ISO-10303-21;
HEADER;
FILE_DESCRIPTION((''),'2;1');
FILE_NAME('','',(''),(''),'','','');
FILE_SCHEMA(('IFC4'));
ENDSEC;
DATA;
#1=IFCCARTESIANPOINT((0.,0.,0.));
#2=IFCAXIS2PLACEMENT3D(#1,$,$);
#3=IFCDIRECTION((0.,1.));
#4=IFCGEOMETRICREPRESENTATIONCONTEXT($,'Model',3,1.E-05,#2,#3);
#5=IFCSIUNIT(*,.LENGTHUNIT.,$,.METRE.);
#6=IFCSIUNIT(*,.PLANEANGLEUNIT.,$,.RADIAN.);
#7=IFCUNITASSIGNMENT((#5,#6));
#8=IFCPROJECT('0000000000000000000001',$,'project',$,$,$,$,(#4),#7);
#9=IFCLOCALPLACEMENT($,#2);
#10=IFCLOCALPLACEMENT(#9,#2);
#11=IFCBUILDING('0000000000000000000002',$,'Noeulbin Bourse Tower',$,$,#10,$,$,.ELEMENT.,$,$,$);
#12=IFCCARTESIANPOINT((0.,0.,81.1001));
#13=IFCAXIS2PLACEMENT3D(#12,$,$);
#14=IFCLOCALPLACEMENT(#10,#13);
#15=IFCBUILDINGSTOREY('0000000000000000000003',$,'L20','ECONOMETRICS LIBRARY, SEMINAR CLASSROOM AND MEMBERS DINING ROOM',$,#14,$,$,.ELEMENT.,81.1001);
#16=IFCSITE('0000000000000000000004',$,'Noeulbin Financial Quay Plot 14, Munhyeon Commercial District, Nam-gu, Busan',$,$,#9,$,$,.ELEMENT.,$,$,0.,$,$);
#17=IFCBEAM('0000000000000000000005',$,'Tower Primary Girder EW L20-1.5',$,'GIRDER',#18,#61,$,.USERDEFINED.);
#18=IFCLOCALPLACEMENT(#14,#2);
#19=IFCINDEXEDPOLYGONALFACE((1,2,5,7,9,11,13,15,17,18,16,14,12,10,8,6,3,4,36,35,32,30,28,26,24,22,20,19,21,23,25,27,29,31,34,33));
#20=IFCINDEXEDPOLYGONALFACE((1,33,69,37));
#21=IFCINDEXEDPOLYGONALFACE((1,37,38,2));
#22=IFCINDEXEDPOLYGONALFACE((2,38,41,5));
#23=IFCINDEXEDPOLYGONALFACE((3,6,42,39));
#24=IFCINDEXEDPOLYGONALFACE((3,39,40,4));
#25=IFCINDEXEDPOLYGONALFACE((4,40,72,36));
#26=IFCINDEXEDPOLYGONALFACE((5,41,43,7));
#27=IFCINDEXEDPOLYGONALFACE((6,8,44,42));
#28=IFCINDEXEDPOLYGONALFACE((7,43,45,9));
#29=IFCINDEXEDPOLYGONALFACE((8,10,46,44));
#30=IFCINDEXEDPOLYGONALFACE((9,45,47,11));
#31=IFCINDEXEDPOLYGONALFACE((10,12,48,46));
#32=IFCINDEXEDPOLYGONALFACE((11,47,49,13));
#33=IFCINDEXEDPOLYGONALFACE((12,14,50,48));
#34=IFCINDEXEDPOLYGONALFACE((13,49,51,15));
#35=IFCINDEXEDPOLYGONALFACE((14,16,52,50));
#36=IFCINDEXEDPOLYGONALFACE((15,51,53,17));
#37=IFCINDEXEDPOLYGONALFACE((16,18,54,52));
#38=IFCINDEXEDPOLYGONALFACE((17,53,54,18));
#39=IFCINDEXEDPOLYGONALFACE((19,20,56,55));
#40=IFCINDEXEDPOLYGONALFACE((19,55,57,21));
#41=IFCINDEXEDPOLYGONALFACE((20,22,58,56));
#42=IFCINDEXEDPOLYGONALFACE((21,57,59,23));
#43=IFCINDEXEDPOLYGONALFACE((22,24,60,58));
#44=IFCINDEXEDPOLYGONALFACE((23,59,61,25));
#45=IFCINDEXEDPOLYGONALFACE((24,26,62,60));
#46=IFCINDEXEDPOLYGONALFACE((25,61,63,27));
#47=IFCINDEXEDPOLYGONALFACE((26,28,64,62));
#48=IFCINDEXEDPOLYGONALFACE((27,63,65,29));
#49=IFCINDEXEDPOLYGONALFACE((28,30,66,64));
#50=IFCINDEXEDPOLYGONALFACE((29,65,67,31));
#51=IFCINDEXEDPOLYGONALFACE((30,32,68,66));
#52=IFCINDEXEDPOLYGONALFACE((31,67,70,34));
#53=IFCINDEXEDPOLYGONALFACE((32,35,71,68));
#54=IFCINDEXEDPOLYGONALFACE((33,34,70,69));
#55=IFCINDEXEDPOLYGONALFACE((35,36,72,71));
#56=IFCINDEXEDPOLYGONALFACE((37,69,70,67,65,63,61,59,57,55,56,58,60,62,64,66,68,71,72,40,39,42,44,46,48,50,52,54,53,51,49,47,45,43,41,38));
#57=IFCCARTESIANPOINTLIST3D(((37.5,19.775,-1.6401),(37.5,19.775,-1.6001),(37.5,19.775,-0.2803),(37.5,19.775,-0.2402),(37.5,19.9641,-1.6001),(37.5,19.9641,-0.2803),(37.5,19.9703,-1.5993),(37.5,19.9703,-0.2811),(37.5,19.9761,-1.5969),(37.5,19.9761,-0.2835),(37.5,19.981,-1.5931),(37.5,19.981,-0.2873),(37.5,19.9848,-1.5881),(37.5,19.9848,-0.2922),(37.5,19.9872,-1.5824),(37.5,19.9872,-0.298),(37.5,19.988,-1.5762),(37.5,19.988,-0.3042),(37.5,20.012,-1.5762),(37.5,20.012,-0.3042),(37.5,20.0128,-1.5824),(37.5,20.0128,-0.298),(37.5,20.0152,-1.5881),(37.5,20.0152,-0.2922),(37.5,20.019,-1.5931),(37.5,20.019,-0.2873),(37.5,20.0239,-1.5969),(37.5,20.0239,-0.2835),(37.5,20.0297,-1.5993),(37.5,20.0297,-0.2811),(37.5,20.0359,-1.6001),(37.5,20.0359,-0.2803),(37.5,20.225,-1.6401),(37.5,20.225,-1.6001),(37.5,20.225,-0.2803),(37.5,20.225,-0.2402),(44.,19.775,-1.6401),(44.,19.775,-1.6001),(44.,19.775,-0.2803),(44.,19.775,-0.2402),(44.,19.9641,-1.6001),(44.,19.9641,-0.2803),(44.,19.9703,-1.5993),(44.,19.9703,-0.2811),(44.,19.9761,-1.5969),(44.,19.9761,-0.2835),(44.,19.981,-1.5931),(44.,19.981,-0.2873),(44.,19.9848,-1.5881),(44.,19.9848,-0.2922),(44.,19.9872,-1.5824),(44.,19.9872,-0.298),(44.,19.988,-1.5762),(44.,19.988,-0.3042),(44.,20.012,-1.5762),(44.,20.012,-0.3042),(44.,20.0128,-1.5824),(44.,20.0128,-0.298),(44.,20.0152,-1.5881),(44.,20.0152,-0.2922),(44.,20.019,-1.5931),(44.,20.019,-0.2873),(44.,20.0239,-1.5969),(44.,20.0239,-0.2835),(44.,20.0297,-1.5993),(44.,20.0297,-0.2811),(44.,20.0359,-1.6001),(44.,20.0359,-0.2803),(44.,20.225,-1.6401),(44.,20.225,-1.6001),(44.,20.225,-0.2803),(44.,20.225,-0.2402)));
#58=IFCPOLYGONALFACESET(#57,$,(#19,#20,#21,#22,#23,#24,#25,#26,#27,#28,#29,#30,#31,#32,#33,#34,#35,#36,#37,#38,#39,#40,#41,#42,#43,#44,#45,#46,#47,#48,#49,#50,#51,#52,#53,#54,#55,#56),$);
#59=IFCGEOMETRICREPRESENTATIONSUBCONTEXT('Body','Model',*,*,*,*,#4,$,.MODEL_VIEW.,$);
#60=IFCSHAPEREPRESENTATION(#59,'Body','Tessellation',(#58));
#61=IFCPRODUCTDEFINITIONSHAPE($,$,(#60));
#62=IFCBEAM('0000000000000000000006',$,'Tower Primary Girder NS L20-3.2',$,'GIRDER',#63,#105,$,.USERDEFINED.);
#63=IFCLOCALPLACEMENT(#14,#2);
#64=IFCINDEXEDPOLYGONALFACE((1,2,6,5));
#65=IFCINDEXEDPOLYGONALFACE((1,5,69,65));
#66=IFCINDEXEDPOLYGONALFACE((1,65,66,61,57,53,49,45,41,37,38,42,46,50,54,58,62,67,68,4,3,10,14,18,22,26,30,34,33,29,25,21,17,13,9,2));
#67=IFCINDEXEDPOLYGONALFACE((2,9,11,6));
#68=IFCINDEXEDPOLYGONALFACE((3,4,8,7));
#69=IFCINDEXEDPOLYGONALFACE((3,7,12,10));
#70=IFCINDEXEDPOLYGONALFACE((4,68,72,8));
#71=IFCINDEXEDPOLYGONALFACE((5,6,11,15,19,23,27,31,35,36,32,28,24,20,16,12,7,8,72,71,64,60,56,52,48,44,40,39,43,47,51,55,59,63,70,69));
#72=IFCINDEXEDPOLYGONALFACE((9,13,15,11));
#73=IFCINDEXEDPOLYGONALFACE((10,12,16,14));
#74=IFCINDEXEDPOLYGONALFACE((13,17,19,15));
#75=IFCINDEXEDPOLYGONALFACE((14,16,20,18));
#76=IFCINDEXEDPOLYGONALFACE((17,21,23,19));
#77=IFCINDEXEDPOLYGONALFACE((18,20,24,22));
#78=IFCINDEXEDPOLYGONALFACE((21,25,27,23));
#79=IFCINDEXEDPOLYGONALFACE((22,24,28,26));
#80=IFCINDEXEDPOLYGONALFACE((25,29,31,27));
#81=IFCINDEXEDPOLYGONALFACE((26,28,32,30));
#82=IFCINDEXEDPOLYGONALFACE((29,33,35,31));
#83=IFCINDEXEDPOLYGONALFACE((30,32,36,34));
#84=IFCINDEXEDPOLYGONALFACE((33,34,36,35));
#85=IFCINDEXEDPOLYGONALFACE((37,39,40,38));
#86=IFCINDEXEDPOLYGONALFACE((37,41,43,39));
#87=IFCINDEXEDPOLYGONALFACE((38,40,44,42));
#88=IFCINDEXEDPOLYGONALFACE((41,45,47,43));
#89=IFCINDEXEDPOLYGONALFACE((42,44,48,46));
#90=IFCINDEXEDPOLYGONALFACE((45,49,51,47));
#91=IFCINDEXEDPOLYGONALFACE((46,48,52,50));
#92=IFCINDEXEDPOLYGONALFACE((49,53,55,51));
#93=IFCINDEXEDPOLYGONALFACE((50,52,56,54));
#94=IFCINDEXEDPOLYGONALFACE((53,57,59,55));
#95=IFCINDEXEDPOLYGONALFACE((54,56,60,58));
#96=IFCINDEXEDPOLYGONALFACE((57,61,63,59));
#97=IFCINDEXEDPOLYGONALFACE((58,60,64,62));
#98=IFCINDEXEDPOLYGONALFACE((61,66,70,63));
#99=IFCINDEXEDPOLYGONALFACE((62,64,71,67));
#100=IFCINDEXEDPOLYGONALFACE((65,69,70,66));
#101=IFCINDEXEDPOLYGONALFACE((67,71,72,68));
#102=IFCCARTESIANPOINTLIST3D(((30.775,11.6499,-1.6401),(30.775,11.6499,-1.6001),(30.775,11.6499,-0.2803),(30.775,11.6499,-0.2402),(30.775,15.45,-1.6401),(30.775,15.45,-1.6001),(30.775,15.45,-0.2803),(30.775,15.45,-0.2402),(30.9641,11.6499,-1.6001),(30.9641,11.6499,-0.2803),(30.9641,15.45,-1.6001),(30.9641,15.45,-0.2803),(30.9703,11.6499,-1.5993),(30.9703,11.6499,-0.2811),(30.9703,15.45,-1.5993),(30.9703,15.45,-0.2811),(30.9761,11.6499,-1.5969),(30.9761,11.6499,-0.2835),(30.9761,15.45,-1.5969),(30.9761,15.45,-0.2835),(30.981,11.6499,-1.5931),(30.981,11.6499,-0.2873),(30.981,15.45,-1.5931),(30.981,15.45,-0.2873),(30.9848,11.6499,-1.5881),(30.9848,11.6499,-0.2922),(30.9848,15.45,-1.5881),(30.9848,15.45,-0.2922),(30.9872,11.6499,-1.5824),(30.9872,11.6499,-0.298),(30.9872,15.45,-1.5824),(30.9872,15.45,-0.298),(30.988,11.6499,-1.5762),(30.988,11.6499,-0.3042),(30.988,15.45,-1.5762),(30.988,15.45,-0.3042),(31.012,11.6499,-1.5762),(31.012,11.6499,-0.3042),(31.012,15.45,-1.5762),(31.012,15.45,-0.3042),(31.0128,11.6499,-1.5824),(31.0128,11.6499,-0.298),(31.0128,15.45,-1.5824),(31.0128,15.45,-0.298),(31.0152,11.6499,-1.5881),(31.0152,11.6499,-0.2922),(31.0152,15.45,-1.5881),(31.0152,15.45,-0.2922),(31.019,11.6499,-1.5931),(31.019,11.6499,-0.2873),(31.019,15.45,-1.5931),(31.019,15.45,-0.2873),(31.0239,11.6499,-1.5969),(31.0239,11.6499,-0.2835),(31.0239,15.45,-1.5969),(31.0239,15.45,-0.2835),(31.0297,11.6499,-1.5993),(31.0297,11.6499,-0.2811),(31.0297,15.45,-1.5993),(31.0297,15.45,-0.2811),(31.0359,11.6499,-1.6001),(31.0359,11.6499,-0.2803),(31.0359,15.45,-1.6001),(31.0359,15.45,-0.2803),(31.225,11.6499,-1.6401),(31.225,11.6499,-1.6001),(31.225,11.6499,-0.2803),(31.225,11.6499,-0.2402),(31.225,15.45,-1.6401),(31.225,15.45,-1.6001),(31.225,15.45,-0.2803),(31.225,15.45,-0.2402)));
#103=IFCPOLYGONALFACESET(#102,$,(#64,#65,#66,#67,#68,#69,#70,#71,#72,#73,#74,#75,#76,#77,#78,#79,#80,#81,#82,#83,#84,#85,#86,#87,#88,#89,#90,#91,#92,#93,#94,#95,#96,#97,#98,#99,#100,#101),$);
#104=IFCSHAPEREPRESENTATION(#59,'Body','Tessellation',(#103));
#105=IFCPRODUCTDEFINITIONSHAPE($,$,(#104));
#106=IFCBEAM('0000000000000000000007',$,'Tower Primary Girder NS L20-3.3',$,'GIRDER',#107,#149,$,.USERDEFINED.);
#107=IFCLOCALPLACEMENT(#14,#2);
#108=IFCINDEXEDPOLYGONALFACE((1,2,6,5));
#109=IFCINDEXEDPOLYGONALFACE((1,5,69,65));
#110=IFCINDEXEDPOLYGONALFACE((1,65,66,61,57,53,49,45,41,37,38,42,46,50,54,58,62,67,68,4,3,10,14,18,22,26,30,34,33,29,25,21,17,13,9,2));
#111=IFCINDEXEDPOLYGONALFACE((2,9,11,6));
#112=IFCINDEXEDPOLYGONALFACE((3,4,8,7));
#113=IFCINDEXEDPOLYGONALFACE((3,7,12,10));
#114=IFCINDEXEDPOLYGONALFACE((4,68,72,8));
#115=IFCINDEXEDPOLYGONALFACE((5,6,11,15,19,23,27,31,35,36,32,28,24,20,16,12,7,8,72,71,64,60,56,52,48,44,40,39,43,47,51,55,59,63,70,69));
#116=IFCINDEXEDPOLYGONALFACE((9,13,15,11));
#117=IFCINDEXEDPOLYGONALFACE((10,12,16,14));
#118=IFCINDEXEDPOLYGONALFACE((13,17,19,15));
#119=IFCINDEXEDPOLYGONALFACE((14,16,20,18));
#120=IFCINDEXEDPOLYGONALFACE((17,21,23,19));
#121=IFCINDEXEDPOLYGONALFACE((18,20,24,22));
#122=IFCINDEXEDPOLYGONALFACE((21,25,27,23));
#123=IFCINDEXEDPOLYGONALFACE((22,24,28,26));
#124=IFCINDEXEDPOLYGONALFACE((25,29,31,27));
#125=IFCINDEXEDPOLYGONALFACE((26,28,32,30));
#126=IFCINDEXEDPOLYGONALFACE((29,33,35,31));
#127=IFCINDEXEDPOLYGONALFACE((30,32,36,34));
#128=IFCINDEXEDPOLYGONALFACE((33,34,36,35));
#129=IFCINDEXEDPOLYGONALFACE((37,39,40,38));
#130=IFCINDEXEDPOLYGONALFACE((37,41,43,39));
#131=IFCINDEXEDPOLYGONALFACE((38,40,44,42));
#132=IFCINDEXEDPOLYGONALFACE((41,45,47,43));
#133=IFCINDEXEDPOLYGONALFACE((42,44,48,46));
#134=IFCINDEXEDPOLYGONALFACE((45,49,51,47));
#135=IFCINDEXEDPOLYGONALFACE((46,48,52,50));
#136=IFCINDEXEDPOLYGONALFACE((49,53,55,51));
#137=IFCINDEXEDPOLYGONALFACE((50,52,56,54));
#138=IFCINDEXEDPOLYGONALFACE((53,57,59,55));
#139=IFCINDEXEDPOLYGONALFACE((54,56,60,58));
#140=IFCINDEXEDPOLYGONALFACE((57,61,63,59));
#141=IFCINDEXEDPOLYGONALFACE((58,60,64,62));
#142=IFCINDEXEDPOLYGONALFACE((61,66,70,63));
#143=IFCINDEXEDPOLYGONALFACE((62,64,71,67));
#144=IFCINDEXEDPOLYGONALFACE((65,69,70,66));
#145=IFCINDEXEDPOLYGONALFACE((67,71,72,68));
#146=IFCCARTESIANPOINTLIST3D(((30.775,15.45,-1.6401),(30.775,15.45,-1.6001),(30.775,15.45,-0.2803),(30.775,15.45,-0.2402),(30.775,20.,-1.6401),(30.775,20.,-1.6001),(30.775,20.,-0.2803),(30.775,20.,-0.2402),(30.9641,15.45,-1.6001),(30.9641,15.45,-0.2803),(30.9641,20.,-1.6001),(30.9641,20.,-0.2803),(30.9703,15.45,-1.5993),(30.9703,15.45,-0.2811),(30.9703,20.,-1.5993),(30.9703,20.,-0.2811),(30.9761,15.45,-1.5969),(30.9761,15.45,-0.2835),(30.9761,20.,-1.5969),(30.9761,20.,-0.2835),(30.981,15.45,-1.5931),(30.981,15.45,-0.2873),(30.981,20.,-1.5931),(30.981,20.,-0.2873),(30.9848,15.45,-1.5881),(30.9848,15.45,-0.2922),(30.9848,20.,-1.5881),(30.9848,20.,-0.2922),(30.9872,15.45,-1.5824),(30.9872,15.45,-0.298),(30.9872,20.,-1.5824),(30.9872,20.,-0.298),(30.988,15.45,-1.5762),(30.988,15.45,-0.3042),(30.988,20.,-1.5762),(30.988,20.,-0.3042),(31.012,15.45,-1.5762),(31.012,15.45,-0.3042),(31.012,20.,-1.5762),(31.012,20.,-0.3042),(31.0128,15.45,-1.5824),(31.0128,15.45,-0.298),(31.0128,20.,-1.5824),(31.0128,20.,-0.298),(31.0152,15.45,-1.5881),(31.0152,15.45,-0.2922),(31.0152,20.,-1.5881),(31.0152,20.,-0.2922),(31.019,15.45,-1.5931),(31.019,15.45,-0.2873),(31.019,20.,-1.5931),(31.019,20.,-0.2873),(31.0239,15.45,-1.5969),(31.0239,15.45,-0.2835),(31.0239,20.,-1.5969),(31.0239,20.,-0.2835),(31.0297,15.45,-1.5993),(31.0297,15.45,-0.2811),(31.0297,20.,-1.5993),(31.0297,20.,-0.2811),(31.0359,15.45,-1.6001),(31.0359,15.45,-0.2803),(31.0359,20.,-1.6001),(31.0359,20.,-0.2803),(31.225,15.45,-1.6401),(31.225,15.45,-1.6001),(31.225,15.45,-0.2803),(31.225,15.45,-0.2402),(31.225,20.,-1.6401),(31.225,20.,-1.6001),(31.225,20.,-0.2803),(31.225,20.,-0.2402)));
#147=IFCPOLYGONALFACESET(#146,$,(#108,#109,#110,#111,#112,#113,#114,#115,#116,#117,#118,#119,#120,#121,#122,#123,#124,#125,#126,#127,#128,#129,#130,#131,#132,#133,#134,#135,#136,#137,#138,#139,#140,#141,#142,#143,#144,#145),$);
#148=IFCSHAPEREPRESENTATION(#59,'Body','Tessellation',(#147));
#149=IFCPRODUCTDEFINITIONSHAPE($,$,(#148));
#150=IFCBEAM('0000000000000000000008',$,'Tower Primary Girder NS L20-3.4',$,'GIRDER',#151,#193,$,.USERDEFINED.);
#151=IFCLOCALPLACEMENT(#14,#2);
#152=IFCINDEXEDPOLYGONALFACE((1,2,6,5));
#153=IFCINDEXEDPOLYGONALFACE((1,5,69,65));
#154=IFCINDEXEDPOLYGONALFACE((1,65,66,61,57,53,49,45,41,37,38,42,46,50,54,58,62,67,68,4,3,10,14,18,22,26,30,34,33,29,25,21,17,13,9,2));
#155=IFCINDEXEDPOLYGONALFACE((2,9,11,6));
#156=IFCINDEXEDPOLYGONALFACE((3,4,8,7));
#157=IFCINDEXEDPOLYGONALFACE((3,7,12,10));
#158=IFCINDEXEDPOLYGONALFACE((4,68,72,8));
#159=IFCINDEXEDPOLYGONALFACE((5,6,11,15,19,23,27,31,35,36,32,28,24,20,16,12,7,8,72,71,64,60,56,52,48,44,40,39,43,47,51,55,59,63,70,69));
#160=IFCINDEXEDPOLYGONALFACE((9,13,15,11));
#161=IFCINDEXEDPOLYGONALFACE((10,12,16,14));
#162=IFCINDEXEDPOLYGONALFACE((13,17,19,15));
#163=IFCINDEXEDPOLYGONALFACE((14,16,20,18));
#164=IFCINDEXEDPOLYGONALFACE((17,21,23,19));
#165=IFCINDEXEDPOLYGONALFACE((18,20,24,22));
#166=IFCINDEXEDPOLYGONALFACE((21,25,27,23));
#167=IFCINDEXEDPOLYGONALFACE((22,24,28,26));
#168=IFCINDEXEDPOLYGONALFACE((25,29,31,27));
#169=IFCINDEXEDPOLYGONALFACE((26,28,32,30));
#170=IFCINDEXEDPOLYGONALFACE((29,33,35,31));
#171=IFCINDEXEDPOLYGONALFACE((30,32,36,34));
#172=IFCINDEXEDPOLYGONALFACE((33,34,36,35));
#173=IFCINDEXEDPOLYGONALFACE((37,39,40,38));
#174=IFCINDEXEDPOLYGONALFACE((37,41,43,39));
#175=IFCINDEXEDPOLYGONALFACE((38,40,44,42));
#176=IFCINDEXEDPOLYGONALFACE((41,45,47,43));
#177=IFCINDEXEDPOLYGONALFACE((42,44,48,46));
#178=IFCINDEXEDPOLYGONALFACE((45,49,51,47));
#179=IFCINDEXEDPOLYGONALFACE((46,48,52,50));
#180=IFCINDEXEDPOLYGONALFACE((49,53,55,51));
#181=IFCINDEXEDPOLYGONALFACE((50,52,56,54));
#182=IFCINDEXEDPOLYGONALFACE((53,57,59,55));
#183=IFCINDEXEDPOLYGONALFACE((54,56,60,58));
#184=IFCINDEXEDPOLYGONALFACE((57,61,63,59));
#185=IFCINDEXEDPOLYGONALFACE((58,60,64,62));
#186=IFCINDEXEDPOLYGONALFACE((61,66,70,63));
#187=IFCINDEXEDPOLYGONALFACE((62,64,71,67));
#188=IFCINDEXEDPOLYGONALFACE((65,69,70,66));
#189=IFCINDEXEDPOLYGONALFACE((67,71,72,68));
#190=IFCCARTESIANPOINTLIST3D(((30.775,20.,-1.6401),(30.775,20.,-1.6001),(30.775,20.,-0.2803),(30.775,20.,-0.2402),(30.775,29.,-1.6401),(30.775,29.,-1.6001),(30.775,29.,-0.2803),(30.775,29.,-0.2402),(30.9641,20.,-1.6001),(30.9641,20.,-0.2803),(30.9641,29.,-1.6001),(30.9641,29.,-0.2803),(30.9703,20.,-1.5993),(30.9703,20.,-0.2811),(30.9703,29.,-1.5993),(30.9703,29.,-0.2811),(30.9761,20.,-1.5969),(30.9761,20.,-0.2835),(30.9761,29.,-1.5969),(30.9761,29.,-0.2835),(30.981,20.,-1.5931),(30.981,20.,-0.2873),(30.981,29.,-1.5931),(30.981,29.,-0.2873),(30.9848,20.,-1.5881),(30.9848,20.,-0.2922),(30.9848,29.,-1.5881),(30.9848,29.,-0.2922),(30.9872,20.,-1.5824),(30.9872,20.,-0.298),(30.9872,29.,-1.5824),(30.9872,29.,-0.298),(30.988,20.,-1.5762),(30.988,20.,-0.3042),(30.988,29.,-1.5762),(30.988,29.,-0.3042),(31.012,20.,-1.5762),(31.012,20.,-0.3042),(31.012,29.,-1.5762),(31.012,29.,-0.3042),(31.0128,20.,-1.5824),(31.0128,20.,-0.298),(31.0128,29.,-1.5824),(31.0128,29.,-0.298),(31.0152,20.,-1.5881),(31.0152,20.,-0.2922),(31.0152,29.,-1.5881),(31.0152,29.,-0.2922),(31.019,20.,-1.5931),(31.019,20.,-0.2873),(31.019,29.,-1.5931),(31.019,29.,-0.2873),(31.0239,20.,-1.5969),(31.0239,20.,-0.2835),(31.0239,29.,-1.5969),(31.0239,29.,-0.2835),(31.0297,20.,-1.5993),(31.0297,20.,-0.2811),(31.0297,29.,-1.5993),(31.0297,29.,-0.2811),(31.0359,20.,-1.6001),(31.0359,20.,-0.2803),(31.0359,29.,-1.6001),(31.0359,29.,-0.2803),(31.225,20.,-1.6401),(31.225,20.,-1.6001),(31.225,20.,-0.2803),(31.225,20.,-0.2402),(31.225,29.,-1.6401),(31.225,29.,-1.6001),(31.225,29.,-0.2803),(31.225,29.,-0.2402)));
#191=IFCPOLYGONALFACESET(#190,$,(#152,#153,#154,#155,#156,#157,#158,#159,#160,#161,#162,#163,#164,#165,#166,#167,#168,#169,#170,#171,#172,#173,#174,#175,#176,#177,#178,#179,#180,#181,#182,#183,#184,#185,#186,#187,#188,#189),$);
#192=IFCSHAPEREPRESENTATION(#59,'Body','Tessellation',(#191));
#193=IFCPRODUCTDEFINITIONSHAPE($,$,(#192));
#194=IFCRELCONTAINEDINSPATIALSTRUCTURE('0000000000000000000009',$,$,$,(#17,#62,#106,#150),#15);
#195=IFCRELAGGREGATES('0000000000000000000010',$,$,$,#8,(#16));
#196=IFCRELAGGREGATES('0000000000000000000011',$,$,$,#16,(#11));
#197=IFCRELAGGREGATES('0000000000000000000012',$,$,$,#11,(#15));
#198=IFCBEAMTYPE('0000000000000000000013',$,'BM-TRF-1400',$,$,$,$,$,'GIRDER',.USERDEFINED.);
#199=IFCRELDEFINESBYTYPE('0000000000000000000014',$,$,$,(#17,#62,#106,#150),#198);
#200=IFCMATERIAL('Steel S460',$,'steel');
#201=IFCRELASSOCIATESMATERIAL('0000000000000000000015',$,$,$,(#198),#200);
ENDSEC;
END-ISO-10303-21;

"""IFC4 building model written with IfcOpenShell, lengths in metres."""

from ifc_helpers import new_model, si_unit, direction, frame, origin, origin_2d, place, context, subcontext, project, spatial, i_section, extrude, material, material_profile, profile_set, type_object, element, save


model = new_model("IFC4")

# Units and contexts
model_context = context("Model", 3, precision=1e-05, world=origin(), true_north=direction((0.0, 1.0)))
body_context = subcontext(model_context, "Body", "Model", "MODEL_VIEW")
ifc_project = project(units=[si_unit("LENGTHUNIT", "METRE"), si_unit("PLANEANGLEUNIT", "RADIAN")], contexts=[model_context])

# Site, building, storey
site_placement = place(None, origin())
site = spatial("IfcSite", under=ifc_project, at=site_placement, Name="Noeulbin Financial Quay Plot 14, Munhyeon Commercial District, Nam-gu, Busan", CompositionType="ELEMENT", RefElevation=0.0)
building_placement = place(site_placement, origin())
building = spatial("IfcBuilding", under=site, at=building_placement, Name="Noeulbin Bourse Tower", CompositionType="ELEMENT")
storey_placement = place(building_placement, frame((0.0, 0.0, 81.1001)))
storey = spatial("IfcBuildingStorey", under=building, at=storey_placement, Name="L20", Description="ECONOMETRICS LIBRARY, SEMINAR CLASSROOM AND MEMBERS DINING ROOM", CompositionType="ELEMENT", Elevation=81.1001)

# Shared definitions
ifc_material_1 = material(Name="Steel S460", Category="steel")

# Beams
ifc_material_profile_1 = material_profile(ifc_material_1, i_section(OverallWidth=0.45, OverallDepth=1.3999, WebThickness=0.0239, FlangeThickness=0.04, FilletRadius=0.0239, at=origin_2d()), Name="PG-1400x450x24x40", Category="LoadBearing")
ifc_profile_set_1 = profile_set([ifc_material_profile_1], Name="Steel S460")
beam_type_1 = type_object("IfcBeamType", Name="BM-TRF-1400", ElementType="GIRDER", PredefinedType="USERDEFINED", material=ifc_profile_set_1)
for number, where, z_axis, x_axis, name in (
    (1, (37.5, 20.0, -0.9402), (1.0, 0.0, 0.0), (0.0, 1.0, 0.0), "Tower Primary Girder EW L20-1.5"),
):
    element("IfcBeam", number, at=place(storey_placement, frame(where, z_axis=z_axis, x_axis=x_axis)), inside=storey, type_object=beam_type_1, Name=name, ObjectType="GIRDER", PredefinedType="USERDEFINED", context=body_context, shape_type="SweptSolid", body=[
        extrude(i_section(OverallWidth=0.45, OverallDepth=1.3999, WebThickness=0.0239, FlangeThickness=0.04, FilletRadius=0.0239, at=origin_2d()), origin(), (0.0, 0.0, 1.0), 6.5),
    ])
beam_1_placement = place(storey_placement, frame((31.0, 11.6499, -0.9402), z_axis=(0.0, 1.0, 0.0), x_axis=(-1.0, 0.0, 0.0)))
element("IfcBeam", 2, at=beam_1_placement, inside=storey, type_object=beam_type_1, Name="Tower Primary Girder NS L20-3.2", ObjectType="GIRDER", PredefinedType="USERDEFINED", context=body_context, shape_type="SweptSolid", body=[
    extrude(i_section(OverallWidth=0.45, OverallDepth=1.3999, WebThickness=0.0239, FlangeThickness=0.04, FilletRadius=0.0239, at=origin_2d()), origin(), (0.0, 0.0, 1.0), 3.8),
])
beam_2_placement = place(storey_placement, frame((31.0, 15.45, -0.9402), z_axis=(0.0, 1.0, 0.0), x_axis=(-1.0, 0.0, 0.0)))
element("IfcBeam", 3, at=beam_2_placement, inside=storey, type_object=beam_type_1, Name="Tower Primary Girder NS L20-3.3", ObjectType="GIRDER", PredefinedType="USERDEFINED", context=body_context, shape_type="SweptSolid", body=[
    extrude(i_section(OverallWidth=0.45, OverallDepth=1.3999, WebThickness=0.0239, FlangeThickness=0.04, FilletRadius=0.0239, at=origin_2d()), origin(), (0.0, 0.0, 1.0), 4.55),
])
beam_3_placement = place(storey_placement, frame((31.0, 20.0, -0.9402), z_axis=(0.0, 1.0, 0.0), x_axis=(-1.0, 0.0, 0.0)))
element("IfcBeam", 4, at=beam_3_placement, inside=storey, type_object=beam_type_1, Name="Tower Primary Girder NS L20-3.4", ObjectType="GIRDER", PredefinedType="USERDEFINED", context=body_context, shape_type="SweptSolid", body=[
    extrude(i_section(OverallWidth=0.45, OverallDepth=1.3999, WebThickness=0.0239, FlangeThickness=0.04, FilletRadius=0.0239, at=origin_2d()), origin(), (0.0, 0.0, 1.0), 9.0),
])

save(model, "model.ifc")
